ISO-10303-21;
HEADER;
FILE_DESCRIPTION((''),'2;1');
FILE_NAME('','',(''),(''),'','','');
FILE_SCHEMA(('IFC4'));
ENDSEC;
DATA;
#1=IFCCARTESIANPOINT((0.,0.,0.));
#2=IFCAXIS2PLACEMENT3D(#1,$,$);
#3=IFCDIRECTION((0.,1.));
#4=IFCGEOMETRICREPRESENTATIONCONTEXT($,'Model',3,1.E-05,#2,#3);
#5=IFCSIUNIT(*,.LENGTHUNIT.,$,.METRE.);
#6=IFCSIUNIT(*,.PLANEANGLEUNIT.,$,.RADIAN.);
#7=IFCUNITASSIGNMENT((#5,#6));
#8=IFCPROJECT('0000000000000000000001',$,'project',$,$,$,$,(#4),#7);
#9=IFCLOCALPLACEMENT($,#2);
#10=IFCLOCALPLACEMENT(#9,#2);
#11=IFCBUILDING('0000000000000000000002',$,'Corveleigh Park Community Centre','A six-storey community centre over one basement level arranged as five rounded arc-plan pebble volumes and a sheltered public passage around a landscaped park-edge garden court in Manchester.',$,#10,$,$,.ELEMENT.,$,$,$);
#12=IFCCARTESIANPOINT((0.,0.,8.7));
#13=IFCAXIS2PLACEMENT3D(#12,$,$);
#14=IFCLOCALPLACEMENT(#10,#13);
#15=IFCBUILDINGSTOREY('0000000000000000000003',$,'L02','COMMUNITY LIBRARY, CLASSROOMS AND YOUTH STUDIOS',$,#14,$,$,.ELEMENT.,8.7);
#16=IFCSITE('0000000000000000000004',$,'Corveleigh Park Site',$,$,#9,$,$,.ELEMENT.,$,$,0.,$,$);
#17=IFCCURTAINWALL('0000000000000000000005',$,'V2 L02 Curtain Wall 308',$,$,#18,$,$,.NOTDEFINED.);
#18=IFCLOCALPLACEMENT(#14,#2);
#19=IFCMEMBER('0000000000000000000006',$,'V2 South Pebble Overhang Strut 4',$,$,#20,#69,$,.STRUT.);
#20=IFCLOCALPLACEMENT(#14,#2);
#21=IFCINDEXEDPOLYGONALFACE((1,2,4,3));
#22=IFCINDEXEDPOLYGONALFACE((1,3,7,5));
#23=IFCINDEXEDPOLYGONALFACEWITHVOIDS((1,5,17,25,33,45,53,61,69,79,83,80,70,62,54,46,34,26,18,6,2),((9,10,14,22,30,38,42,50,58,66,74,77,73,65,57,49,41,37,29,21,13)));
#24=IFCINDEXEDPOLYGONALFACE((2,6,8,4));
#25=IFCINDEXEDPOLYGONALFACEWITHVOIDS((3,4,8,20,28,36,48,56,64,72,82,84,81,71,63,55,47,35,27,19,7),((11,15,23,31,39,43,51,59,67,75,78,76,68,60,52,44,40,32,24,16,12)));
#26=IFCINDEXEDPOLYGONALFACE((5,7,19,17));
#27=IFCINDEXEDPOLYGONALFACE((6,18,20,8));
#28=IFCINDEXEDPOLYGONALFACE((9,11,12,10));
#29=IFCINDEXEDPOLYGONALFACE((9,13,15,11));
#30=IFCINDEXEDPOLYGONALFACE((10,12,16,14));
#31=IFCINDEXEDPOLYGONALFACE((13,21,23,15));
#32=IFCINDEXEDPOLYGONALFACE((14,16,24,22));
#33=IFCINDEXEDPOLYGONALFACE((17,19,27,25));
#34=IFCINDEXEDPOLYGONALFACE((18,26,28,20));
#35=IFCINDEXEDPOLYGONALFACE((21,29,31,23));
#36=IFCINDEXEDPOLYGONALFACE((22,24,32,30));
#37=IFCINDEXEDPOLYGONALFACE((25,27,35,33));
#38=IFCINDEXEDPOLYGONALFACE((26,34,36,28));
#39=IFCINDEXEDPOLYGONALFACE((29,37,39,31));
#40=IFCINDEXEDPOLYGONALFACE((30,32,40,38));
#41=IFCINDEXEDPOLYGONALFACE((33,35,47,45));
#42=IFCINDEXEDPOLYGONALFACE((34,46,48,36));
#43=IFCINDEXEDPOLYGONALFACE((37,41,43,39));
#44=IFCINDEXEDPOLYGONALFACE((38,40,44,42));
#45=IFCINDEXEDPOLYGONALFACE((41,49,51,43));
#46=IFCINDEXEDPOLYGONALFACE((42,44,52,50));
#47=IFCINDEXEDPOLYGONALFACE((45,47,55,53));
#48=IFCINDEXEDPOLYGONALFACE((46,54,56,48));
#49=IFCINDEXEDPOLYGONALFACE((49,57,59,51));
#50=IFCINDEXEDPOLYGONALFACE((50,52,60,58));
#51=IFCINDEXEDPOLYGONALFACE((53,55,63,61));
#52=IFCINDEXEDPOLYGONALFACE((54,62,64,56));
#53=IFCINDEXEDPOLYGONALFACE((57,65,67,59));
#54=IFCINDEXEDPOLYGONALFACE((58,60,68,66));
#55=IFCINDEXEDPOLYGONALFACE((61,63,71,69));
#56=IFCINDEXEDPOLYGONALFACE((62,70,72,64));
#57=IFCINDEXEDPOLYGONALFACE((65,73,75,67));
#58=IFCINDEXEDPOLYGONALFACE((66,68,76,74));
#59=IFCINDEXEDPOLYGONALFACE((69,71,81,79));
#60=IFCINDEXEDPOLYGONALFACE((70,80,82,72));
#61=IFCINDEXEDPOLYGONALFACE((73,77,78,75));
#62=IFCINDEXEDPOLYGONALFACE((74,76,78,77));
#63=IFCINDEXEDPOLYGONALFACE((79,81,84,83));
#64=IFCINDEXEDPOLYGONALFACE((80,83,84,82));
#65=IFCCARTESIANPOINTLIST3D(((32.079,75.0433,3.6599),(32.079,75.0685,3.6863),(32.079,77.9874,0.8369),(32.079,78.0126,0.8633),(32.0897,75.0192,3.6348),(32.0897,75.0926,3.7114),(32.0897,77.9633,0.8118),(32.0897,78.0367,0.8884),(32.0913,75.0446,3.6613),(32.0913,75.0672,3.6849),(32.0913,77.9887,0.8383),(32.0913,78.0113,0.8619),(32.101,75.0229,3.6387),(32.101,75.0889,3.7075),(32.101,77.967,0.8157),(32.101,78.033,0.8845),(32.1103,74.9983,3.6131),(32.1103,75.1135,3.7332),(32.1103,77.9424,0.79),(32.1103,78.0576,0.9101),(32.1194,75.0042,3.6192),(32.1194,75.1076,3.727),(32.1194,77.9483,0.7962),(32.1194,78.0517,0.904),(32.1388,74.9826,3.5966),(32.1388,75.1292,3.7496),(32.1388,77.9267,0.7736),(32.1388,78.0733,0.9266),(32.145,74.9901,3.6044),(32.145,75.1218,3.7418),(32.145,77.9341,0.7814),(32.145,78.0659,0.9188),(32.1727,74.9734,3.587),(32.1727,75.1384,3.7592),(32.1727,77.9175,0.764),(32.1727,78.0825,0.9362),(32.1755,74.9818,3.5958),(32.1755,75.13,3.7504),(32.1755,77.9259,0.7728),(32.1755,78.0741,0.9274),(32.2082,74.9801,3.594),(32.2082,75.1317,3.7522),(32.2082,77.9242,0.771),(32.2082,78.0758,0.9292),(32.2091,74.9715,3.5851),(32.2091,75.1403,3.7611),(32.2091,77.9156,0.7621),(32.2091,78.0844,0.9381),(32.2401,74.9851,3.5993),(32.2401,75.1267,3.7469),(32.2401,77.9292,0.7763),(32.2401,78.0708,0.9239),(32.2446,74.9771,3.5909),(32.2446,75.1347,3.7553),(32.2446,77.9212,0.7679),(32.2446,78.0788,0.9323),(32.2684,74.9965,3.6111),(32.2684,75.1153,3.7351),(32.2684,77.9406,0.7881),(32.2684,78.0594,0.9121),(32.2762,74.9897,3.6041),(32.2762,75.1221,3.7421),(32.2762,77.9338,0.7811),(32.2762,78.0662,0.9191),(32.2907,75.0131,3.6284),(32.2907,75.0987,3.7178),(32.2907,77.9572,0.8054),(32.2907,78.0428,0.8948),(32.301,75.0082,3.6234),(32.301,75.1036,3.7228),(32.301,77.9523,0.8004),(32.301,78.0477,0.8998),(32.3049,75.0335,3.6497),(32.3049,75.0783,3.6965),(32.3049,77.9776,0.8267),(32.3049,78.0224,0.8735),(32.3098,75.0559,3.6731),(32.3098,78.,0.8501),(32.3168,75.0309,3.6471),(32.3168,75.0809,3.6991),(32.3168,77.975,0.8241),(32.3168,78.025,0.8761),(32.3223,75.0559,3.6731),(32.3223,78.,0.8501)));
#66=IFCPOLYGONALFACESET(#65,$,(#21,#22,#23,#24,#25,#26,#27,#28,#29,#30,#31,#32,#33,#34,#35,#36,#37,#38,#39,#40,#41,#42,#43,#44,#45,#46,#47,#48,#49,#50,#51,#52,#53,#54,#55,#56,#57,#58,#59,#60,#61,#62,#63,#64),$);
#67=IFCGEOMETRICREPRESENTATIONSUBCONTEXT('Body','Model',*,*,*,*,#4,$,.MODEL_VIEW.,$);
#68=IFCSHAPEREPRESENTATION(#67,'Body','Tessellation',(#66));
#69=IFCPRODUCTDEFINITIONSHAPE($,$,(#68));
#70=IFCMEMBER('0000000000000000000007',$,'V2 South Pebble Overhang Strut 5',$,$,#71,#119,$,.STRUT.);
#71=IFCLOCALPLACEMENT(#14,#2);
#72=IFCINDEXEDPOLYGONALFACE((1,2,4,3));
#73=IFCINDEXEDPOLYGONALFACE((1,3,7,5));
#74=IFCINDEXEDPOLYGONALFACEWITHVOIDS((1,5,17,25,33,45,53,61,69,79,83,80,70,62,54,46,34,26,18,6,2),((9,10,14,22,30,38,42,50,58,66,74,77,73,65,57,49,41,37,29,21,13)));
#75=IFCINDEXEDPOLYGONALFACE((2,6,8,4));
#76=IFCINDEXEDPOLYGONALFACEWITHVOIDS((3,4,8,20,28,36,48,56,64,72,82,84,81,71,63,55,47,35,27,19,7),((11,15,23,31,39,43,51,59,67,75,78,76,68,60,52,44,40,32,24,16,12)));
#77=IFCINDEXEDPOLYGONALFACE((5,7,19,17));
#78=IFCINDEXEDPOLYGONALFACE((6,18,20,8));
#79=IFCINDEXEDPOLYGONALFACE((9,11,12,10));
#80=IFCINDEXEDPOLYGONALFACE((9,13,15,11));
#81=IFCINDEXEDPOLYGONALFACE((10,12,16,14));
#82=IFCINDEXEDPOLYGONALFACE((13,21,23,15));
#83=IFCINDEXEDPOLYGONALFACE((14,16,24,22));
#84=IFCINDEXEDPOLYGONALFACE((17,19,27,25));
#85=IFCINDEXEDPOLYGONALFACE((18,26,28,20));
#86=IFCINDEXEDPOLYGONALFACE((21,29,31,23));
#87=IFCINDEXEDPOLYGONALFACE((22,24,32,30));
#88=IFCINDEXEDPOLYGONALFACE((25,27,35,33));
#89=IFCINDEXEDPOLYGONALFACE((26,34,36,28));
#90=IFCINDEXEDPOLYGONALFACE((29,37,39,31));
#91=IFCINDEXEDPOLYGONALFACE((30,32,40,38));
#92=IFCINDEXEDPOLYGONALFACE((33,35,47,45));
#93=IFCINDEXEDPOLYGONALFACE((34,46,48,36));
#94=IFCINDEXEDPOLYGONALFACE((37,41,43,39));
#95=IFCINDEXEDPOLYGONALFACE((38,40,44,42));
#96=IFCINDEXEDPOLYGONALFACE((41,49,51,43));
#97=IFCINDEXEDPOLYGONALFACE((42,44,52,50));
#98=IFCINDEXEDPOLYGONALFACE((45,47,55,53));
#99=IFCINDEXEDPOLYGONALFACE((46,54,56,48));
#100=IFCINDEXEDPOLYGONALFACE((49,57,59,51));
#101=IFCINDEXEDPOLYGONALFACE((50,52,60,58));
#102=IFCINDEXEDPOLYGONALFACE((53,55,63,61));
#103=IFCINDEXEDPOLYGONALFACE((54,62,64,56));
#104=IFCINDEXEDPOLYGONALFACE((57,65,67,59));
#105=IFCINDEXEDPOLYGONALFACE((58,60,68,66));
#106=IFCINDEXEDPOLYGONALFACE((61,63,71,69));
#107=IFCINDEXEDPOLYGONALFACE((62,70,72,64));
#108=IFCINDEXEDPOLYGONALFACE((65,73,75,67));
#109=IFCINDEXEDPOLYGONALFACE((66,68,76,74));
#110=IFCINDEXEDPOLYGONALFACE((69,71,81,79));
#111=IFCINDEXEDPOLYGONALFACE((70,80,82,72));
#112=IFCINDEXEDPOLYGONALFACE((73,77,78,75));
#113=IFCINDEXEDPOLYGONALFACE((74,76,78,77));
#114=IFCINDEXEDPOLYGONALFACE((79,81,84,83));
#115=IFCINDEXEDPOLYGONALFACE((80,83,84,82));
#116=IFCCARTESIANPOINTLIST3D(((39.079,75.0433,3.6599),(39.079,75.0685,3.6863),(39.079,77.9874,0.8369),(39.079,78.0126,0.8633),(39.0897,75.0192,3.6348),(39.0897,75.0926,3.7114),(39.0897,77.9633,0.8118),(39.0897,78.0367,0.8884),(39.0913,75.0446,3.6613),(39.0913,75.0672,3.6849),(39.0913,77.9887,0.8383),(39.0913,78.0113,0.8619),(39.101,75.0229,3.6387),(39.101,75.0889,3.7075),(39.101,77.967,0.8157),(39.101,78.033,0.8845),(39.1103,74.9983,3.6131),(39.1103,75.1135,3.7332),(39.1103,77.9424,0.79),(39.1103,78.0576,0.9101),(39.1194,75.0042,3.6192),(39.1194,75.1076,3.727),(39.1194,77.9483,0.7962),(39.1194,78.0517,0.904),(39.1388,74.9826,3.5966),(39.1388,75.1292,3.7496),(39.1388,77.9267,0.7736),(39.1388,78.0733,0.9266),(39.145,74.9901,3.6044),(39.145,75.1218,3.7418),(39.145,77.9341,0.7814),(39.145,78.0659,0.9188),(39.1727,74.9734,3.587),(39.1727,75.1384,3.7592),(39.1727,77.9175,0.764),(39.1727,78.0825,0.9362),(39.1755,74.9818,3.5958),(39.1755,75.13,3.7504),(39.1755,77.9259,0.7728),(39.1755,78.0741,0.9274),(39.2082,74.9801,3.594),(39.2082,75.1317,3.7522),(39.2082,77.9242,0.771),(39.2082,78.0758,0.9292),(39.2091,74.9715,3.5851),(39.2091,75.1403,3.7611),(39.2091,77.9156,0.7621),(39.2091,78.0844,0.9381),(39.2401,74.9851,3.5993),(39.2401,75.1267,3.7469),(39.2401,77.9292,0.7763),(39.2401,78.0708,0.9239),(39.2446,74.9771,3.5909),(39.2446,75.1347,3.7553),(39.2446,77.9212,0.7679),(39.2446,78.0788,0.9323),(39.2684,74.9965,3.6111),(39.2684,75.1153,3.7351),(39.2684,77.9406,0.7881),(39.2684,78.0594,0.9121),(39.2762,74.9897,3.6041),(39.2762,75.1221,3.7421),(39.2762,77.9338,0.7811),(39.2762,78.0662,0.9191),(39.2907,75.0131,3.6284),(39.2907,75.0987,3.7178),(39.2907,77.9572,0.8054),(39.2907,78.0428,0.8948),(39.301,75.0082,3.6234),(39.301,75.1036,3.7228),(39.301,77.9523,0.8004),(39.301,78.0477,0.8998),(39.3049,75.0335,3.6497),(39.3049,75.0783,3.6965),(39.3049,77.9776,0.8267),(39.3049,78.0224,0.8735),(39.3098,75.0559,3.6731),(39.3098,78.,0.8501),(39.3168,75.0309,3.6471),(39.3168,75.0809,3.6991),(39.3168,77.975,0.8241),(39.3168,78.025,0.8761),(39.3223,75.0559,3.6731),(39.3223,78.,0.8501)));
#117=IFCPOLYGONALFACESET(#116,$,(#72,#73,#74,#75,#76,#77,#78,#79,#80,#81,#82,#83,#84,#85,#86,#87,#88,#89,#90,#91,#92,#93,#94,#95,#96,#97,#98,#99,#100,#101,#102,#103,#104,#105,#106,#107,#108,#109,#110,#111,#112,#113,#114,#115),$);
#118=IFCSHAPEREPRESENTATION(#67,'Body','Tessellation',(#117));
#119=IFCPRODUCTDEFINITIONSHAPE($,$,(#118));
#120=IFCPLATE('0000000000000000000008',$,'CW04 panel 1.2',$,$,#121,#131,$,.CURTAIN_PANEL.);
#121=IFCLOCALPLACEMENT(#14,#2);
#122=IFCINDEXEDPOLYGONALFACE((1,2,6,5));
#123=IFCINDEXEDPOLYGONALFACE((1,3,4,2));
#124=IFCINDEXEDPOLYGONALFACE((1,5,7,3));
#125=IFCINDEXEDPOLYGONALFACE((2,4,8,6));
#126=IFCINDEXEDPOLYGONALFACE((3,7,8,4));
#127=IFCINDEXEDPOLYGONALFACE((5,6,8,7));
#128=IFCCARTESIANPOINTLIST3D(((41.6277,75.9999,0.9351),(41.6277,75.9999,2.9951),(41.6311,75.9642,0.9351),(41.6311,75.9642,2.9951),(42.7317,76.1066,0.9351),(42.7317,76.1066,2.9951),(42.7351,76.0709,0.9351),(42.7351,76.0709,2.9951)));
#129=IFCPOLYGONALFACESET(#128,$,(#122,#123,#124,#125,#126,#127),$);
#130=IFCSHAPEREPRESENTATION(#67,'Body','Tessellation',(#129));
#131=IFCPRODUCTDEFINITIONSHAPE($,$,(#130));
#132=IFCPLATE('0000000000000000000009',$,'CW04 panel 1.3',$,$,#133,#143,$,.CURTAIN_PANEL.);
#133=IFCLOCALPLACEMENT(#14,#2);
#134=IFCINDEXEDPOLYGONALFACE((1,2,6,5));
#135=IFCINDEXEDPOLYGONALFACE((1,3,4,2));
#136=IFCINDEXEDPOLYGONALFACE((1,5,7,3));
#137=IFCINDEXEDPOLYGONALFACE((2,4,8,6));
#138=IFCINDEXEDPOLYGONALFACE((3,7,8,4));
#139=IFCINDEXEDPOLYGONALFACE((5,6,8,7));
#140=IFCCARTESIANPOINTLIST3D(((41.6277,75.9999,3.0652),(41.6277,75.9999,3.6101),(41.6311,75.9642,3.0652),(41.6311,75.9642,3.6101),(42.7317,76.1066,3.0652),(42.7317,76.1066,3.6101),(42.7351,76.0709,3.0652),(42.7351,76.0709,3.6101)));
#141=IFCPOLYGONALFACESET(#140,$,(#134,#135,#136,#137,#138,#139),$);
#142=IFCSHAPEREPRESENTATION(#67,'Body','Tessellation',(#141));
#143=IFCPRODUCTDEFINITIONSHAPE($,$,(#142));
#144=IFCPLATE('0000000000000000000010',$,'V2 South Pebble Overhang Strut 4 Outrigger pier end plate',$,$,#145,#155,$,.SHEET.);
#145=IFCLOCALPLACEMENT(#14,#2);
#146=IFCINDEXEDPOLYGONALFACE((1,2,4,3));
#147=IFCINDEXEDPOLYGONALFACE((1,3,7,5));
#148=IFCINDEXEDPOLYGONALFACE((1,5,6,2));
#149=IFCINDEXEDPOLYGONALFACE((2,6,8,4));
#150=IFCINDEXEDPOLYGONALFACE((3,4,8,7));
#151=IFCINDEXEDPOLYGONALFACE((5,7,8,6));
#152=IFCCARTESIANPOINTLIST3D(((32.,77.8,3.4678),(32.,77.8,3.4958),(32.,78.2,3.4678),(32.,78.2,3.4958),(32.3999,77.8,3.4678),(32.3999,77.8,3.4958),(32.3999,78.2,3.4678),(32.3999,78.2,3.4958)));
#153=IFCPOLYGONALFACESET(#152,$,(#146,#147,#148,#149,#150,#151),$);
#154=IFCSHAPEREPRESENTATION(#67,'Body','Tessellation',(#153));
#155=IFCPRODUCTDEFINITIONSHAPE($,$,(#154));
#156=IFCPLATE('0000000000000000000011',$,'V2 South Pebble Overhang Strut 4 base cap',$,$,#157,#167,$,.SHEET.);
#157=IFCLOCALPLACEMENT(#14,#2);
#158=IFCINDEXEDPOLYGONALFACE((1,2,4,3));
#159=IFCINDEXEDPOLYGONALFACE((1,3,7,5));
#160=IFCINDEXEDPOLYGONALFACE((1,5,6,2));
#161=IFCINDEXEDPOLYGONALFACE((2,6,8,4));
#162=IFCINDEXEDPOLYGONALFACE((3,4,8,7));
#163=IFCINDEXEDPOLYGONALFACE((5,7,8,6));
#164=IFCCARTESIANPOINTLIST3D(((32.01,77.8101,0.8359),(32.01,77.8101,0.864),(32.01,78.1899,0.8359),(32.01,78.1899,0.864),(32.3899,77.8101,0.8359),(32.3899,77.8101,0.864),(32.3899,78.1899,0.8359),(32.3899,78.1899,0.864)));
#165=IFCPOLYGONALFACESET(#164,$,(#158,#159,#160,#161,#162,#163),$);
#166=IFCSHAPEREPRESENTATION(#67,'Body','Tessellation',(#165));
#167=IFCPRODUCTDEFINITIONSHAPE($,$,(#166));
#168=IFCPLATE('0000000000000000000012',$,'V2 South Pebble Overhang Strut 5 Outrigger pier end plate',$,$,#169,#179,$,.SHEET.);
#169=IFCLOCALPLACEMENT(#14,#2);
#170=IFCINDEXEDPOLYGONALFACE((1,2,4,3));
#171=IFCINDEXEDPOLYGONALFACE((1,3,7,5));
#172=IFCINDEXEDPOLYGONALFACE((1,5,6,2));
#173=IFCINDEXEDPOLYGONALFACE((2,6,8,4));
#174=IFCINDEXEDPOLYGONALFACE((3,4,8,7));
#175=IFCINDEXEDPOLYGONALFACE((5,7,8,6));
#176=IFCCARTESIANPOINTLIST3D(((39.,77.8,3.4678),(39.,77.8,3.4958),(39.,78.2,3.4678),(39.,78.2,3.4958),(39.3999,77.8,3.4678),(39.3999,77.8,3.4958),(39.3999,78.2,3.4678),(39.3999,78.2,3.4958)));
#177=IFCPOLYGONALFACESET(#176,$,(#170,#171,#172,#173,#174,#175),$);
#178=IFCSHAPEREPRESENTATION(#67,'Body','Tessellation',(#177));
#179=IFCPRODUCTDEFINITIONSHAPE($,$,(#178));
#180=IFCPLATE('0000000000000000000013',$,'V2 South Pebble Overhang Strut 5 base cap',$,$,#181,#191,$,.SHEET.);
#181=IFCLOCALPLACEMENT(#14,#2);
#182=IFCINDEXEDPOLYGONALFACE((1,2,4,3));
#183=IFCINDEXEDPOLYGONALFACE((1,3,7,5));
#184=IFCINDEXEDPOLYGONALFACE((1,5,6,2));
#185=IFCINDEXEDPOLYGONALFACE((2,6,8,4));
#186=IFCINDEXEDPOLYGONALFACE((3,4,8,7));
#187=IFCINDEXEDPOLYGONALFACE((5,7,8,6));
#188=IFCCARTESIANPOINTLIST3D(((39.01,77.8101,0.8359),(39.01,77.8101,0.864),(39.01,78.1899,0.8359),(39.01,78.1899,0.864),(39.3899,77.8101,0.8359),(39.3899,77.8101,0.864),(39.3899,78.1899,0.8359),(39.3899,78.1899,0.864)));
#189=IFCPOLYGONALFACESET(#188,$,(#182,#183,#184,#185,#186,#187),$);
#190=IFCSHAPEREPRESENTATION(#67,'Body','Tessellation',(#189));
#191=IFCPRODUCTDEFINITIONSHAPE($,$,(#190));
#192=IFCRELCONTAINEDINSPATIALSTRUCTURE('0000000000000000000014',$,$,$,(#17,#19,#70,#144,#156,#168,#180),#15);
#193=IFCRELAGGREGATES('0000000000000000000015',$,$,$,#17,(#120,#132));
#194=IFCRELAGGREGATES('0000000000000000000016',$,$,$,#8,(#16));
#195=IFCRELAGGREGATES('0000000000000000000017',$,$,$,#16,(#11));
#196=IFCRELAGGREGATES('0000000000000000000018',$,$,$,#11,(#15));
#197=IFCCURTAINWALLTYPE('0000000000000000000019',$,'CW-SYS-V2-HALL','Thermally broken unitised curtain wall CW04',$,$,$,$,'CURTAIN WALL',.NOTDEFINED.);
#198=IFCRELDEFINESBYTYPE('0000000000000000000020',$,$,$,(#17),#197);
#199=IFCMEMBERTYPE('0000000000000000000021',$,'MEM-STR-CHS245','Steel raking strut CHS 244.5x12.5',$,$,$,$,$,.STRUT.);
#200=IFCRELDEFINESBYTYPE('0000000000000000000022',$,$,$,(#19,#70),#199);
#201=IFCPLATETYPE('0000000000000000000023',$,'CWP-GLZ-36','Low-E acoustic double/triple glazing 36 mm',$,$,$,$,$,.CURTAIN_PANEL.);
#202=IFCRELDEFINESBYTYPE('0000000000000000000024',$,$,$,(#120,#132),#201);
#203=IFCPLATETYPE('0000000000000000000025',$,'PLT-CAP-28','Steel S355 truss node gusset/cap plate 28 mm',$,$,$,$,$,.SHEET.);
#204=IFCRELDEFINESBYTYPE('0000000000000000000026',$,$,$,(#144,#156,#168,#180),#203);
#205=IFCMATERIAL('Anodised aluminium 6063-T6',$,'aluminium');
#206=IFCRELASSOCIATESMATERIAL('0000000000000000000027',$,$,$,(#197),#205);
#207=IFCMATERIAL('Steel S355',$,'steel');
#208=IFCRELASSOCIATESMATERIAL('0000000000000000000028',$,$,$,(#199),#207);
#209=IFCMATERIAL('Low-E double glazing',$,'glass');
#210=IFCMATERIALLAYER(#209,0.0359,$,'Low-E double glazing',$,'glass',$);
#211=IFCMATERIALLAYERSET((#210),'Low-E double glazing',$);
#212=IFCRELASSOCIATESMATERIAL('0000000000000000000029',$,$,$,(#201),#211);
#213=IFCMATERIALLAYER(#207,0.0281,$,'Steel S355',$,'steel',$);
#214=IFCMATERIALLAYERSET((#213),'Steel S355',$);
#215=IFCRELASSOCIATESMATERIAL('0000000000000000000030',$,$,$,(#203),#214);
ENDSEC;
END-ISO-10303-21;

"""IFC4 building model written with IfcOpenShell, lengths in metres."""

from ifc_helpers import new_model, si_unit, direction, frame, origin, origin_2d, place, context, subcontext, project, spatial, rectangle, hollow_circle, extrude, material, layer, layer_set, material_profile, profile_set, type_object, element, aggregate, save


model = new_model("IFC4")

# Units and contexts
model_context = context("Model", 3, precision=1e-05, world=origin(), true_north=direction((0.0, 1.0)))
body_context = subcontext(model_context, "Body", "Model", "MODEL_VIEW")
ifc_project = project(units=[si_unit("LENGTHUNIT", "METRE"), si_unit("PLANEANGLEUNIT", "RADIAN")], contexts=[model_context])

# Site, building, storey
site_placement = place(None, origin())
site = spatial("IfcSite", under=ifc_project, at=site_placement, Name="Corveleigh Park Site", CompositionType="ELEMENT", RefElevation=0.0)
building_placement = place(site_placement, origin())
building = spatial("IfcBuilding", under=site, at=building_placement, Name="Corveleigh Park Community Centre", Description="A six-storey community centre over one basement level arranged as five rounded arc-plan pebble volumes and a sheltered public passage around a landscaped park-edge garden court in Manchester.", CompositionType="ELEMENT")
storey_placement = place(building_placement, frame((0.0, 0.0, 8.7)))
storey = spatial("IfcBuildingStorey", under=building, at=storey_placement, Name="L02", Description="COMMUNITY LIBRARY, CLASSROOMS AND YOUTH STUDIOS", CompositionType="ELEMENT", Elevation=8.7)

# Shared definitions
ifc_material_1 = material(Name="Steel S355", Category="steel")

# Curtain wall
ifc_material_2 = material(Name="Anodised aluminium 6063-T6", Category="aluminium")
curtain_wall_type = type_object("IfcCurtainWallType", Name="CW-SYS-V2-HALL", Description="Thermally broken unitised curtain wall CW04", ElementType="CURTAIN WALL", PredefinedType="NOTDEFINED", material=ifc_material_2)
curtain_wall_placement = place(storey_placement, origin())
curtain_wall = element("IfcCurtainWall", 1, at=curtain_wall_placement, inside=storey, type_object=curtain_wall_type, Name="V2 L02 Curtain Wall 308", PredefinedType="NOTDEFINED")

# Members
ifc_material_profile_1 = material_profile(ifc_material_1, hollow_circle(Radius=0.1223, WallThickness=0.0125, at=origin_2d()), Name="CHS 244.5x12.5", Category="steel")
ifc_profile_set_1 = profile_set([ifc_material_profile_1], Name="Steel S355")
member_type_1 = type_object("IfcMemberType", Name="MEM-STR-CHS245", Description="Steel raking strut CHS 244.5x12.5", PredefinedType="STRUT", material=ifc_profile_set_1)
for number, where, z_axis, x_axis, name in (
    (2, (32.2, 78.0, 0.8501), (0.0, -0.721795, 0.692107), (1.0, 0.0, 0.0), "V2 South Pebble Overhang Strut 4"),
    (3, (39.2, 78.0, 0.8501), (0.0, -0.721795, 0.692107), (1.0, 0.0, 0.0), "V2 South Pebble Overhang Strut 5"),
):
    element("IfcMember", number, at=place(storey_placement, frame(where, z_axis=z_axis, x_axis=x_axis)), inside=storey, type_object=member_type_1, Name=name, PredefinedType="STRUT", context=body_context, shape_type="SweptSolid", body=[
        extrude(hollow_circle(Radius=0.1223, WallThickness=0.0125, at=origin_2d()), origin(), (0.0, 0.0, 1.0), 4.0789),
    ])

# Plates
ifc_material_3 = material(Name="Low-E double glazing", Category="glass")
ifc_layer_1 = layer(ifc_material_3, 0.0359, Name="Low-E double glazing", Category="glass")
ifc_layer_set_1 = layer_set([ifc_layer_1], Name="Low-E double glazing")
plate_type_1 = type_object("IfcPlateType", Name="CWP-GLZ-36", Description="Low-E acoustic double/triple glazing 36 mm", PredefinedType="CURTAIN_PANEL", material=ifc_layer_set_1)
plate_1_placement = place(storey_placement, frame((42.1814, 76.0354, 0.9351), z_axis=(0.0, 0.0, 1.0), x_axis=(-0.995368, -0.096139, 0.0)))
plate_1 = element("IfcPlate", 4, at=plate_1_placement, type_object=plate_type_1, Name="CW04 panel 1.2", PredefinedType="CURTAIN_PANEL", context=body_context, shape_type="SweptSolid", body=[
    extrude(rectangle(XDim=1.1091, YDim=0.0359, at=origin_2d()), origin(), (0.0, 0.0, 1.0), 2.0601),
])
plate_2_placement = place(storey_placement, frame((42.1814, 76.0354, 3.0652), z_axis=(0.0, 0.0, 1.0), x_axis=(-0.995368, -0.096139, 0.0)))
plate_2 = element("IfcPlate", 5, at=plate_2_placement, type_object=plate_type_1, Name="CW04 panel 1.3", PredefinedType="CURTAIN_PANEL", context=body_context, shape_type="SweptSolid", body=[
    extrude(rectangle(XDim=1.1091, YDim=0.0359, at=origin_2d()), origin(), (0.0, 0.0, 1.0), 0.5449),
])
aggregate(curtain_wall, [plate_1, plate_2])

# Plates
ifc_layer_2 = layer(ifc_material_1, 0.0281, Name="Steel S355", Category="steel")
ifc_layer_set_2 = layer_set([ifc_layer_2], Name="Steel S355")
plate_type_2 = type_object("IfcPlateType", Name="PLT-CAP-28", Description="Steel S355 truss node gusset/cap plate 28 mm", PredefinedType="SHEET", material=ifc_layer_set_2)
plate_3_placement = place(storey_placement, frame((32.2, 78.0, 3.4678), z_axis=(0.0, 0.0, 1.0), x_axis=(1.0, 0.0, 0.0)))
element("IfcPlate", 6, at=plate_3_placement, inside=storey, type_object=plate_type_2, Name="V2 South Pebble Overhang Strut 4 Outrigger pier end plate", PredefinedType="SHEET", context=body_context, shape_type="SweptSolid", body=[
    extrude(rectangle(XDim=0.3999, YDim=0.3999, at=origin_2d()), origin(), (0.0, 0.0, 1.0), 0.0281),
])
plate_4_placement = place(storey_placement, frame((32.2, 78.0, 0.8359), z_axis=(0.0, 0.0, 1.0), x_axis=(1.0, 0.0, 0.0)))
element("IfcPlate", 7, at=plate_4_placement, inside=storey, type_object=plate_type_2, Name="V2 South Pebble Overhang Strut 4 base cap", PredefinedType="SHEET", context=body_context, shape_type="SweptSolid", body=[
    extrude(rectangle(XDim=0.3799, YDim=0.3799, at=origin_2d()), origin(), (0.0, 0.0, 1.0), 0.0281),
])
plate_5_placement = place(storey_placement, frame((39.2, 78.0, 3.4678), z_axis=(0.0, 0.0, 1.0), x_axis=(1.0, 0.0, 0.0)))
element("IfcPlate", 8, at=plate_5_placement, inside=storey, type_object=plate_type_2, Name="V2 South Pebble Overhang Strut 5 Outrigger pier end plate", PredefinedType="SHEET", context=body_context, shape_type="SweptSolid", body=[
    extrude(rectangle(XDim=0.3999, YDim=0.3999, at=origin_2d()), origin(), (0.0, 0.0, 1.0), 0.0281),
])
plate_6_placement = place(storey_placement, frame((39.2, 78.0, 0.8359), z_axis=(0.0, 0.0, 1.0), x_axis=(1.0, 0.0, 0.0)))
element("IfcPlate", 9, at=plate_6_placement, inside=storey, type_object=plate_type_2, Name="V2 South Pebble Overhang Strut 5 base cap", PredefinedType="SHEET", context=body_context, shape_type="SweptSolid", body=[
    extrude(rectangle(XDim=0.3799, YDim=0.3799, at=origin_2d()), origin(), (0.0, 0.0, 1.0), 0.0281),
])

save(model, "model.ifc")
